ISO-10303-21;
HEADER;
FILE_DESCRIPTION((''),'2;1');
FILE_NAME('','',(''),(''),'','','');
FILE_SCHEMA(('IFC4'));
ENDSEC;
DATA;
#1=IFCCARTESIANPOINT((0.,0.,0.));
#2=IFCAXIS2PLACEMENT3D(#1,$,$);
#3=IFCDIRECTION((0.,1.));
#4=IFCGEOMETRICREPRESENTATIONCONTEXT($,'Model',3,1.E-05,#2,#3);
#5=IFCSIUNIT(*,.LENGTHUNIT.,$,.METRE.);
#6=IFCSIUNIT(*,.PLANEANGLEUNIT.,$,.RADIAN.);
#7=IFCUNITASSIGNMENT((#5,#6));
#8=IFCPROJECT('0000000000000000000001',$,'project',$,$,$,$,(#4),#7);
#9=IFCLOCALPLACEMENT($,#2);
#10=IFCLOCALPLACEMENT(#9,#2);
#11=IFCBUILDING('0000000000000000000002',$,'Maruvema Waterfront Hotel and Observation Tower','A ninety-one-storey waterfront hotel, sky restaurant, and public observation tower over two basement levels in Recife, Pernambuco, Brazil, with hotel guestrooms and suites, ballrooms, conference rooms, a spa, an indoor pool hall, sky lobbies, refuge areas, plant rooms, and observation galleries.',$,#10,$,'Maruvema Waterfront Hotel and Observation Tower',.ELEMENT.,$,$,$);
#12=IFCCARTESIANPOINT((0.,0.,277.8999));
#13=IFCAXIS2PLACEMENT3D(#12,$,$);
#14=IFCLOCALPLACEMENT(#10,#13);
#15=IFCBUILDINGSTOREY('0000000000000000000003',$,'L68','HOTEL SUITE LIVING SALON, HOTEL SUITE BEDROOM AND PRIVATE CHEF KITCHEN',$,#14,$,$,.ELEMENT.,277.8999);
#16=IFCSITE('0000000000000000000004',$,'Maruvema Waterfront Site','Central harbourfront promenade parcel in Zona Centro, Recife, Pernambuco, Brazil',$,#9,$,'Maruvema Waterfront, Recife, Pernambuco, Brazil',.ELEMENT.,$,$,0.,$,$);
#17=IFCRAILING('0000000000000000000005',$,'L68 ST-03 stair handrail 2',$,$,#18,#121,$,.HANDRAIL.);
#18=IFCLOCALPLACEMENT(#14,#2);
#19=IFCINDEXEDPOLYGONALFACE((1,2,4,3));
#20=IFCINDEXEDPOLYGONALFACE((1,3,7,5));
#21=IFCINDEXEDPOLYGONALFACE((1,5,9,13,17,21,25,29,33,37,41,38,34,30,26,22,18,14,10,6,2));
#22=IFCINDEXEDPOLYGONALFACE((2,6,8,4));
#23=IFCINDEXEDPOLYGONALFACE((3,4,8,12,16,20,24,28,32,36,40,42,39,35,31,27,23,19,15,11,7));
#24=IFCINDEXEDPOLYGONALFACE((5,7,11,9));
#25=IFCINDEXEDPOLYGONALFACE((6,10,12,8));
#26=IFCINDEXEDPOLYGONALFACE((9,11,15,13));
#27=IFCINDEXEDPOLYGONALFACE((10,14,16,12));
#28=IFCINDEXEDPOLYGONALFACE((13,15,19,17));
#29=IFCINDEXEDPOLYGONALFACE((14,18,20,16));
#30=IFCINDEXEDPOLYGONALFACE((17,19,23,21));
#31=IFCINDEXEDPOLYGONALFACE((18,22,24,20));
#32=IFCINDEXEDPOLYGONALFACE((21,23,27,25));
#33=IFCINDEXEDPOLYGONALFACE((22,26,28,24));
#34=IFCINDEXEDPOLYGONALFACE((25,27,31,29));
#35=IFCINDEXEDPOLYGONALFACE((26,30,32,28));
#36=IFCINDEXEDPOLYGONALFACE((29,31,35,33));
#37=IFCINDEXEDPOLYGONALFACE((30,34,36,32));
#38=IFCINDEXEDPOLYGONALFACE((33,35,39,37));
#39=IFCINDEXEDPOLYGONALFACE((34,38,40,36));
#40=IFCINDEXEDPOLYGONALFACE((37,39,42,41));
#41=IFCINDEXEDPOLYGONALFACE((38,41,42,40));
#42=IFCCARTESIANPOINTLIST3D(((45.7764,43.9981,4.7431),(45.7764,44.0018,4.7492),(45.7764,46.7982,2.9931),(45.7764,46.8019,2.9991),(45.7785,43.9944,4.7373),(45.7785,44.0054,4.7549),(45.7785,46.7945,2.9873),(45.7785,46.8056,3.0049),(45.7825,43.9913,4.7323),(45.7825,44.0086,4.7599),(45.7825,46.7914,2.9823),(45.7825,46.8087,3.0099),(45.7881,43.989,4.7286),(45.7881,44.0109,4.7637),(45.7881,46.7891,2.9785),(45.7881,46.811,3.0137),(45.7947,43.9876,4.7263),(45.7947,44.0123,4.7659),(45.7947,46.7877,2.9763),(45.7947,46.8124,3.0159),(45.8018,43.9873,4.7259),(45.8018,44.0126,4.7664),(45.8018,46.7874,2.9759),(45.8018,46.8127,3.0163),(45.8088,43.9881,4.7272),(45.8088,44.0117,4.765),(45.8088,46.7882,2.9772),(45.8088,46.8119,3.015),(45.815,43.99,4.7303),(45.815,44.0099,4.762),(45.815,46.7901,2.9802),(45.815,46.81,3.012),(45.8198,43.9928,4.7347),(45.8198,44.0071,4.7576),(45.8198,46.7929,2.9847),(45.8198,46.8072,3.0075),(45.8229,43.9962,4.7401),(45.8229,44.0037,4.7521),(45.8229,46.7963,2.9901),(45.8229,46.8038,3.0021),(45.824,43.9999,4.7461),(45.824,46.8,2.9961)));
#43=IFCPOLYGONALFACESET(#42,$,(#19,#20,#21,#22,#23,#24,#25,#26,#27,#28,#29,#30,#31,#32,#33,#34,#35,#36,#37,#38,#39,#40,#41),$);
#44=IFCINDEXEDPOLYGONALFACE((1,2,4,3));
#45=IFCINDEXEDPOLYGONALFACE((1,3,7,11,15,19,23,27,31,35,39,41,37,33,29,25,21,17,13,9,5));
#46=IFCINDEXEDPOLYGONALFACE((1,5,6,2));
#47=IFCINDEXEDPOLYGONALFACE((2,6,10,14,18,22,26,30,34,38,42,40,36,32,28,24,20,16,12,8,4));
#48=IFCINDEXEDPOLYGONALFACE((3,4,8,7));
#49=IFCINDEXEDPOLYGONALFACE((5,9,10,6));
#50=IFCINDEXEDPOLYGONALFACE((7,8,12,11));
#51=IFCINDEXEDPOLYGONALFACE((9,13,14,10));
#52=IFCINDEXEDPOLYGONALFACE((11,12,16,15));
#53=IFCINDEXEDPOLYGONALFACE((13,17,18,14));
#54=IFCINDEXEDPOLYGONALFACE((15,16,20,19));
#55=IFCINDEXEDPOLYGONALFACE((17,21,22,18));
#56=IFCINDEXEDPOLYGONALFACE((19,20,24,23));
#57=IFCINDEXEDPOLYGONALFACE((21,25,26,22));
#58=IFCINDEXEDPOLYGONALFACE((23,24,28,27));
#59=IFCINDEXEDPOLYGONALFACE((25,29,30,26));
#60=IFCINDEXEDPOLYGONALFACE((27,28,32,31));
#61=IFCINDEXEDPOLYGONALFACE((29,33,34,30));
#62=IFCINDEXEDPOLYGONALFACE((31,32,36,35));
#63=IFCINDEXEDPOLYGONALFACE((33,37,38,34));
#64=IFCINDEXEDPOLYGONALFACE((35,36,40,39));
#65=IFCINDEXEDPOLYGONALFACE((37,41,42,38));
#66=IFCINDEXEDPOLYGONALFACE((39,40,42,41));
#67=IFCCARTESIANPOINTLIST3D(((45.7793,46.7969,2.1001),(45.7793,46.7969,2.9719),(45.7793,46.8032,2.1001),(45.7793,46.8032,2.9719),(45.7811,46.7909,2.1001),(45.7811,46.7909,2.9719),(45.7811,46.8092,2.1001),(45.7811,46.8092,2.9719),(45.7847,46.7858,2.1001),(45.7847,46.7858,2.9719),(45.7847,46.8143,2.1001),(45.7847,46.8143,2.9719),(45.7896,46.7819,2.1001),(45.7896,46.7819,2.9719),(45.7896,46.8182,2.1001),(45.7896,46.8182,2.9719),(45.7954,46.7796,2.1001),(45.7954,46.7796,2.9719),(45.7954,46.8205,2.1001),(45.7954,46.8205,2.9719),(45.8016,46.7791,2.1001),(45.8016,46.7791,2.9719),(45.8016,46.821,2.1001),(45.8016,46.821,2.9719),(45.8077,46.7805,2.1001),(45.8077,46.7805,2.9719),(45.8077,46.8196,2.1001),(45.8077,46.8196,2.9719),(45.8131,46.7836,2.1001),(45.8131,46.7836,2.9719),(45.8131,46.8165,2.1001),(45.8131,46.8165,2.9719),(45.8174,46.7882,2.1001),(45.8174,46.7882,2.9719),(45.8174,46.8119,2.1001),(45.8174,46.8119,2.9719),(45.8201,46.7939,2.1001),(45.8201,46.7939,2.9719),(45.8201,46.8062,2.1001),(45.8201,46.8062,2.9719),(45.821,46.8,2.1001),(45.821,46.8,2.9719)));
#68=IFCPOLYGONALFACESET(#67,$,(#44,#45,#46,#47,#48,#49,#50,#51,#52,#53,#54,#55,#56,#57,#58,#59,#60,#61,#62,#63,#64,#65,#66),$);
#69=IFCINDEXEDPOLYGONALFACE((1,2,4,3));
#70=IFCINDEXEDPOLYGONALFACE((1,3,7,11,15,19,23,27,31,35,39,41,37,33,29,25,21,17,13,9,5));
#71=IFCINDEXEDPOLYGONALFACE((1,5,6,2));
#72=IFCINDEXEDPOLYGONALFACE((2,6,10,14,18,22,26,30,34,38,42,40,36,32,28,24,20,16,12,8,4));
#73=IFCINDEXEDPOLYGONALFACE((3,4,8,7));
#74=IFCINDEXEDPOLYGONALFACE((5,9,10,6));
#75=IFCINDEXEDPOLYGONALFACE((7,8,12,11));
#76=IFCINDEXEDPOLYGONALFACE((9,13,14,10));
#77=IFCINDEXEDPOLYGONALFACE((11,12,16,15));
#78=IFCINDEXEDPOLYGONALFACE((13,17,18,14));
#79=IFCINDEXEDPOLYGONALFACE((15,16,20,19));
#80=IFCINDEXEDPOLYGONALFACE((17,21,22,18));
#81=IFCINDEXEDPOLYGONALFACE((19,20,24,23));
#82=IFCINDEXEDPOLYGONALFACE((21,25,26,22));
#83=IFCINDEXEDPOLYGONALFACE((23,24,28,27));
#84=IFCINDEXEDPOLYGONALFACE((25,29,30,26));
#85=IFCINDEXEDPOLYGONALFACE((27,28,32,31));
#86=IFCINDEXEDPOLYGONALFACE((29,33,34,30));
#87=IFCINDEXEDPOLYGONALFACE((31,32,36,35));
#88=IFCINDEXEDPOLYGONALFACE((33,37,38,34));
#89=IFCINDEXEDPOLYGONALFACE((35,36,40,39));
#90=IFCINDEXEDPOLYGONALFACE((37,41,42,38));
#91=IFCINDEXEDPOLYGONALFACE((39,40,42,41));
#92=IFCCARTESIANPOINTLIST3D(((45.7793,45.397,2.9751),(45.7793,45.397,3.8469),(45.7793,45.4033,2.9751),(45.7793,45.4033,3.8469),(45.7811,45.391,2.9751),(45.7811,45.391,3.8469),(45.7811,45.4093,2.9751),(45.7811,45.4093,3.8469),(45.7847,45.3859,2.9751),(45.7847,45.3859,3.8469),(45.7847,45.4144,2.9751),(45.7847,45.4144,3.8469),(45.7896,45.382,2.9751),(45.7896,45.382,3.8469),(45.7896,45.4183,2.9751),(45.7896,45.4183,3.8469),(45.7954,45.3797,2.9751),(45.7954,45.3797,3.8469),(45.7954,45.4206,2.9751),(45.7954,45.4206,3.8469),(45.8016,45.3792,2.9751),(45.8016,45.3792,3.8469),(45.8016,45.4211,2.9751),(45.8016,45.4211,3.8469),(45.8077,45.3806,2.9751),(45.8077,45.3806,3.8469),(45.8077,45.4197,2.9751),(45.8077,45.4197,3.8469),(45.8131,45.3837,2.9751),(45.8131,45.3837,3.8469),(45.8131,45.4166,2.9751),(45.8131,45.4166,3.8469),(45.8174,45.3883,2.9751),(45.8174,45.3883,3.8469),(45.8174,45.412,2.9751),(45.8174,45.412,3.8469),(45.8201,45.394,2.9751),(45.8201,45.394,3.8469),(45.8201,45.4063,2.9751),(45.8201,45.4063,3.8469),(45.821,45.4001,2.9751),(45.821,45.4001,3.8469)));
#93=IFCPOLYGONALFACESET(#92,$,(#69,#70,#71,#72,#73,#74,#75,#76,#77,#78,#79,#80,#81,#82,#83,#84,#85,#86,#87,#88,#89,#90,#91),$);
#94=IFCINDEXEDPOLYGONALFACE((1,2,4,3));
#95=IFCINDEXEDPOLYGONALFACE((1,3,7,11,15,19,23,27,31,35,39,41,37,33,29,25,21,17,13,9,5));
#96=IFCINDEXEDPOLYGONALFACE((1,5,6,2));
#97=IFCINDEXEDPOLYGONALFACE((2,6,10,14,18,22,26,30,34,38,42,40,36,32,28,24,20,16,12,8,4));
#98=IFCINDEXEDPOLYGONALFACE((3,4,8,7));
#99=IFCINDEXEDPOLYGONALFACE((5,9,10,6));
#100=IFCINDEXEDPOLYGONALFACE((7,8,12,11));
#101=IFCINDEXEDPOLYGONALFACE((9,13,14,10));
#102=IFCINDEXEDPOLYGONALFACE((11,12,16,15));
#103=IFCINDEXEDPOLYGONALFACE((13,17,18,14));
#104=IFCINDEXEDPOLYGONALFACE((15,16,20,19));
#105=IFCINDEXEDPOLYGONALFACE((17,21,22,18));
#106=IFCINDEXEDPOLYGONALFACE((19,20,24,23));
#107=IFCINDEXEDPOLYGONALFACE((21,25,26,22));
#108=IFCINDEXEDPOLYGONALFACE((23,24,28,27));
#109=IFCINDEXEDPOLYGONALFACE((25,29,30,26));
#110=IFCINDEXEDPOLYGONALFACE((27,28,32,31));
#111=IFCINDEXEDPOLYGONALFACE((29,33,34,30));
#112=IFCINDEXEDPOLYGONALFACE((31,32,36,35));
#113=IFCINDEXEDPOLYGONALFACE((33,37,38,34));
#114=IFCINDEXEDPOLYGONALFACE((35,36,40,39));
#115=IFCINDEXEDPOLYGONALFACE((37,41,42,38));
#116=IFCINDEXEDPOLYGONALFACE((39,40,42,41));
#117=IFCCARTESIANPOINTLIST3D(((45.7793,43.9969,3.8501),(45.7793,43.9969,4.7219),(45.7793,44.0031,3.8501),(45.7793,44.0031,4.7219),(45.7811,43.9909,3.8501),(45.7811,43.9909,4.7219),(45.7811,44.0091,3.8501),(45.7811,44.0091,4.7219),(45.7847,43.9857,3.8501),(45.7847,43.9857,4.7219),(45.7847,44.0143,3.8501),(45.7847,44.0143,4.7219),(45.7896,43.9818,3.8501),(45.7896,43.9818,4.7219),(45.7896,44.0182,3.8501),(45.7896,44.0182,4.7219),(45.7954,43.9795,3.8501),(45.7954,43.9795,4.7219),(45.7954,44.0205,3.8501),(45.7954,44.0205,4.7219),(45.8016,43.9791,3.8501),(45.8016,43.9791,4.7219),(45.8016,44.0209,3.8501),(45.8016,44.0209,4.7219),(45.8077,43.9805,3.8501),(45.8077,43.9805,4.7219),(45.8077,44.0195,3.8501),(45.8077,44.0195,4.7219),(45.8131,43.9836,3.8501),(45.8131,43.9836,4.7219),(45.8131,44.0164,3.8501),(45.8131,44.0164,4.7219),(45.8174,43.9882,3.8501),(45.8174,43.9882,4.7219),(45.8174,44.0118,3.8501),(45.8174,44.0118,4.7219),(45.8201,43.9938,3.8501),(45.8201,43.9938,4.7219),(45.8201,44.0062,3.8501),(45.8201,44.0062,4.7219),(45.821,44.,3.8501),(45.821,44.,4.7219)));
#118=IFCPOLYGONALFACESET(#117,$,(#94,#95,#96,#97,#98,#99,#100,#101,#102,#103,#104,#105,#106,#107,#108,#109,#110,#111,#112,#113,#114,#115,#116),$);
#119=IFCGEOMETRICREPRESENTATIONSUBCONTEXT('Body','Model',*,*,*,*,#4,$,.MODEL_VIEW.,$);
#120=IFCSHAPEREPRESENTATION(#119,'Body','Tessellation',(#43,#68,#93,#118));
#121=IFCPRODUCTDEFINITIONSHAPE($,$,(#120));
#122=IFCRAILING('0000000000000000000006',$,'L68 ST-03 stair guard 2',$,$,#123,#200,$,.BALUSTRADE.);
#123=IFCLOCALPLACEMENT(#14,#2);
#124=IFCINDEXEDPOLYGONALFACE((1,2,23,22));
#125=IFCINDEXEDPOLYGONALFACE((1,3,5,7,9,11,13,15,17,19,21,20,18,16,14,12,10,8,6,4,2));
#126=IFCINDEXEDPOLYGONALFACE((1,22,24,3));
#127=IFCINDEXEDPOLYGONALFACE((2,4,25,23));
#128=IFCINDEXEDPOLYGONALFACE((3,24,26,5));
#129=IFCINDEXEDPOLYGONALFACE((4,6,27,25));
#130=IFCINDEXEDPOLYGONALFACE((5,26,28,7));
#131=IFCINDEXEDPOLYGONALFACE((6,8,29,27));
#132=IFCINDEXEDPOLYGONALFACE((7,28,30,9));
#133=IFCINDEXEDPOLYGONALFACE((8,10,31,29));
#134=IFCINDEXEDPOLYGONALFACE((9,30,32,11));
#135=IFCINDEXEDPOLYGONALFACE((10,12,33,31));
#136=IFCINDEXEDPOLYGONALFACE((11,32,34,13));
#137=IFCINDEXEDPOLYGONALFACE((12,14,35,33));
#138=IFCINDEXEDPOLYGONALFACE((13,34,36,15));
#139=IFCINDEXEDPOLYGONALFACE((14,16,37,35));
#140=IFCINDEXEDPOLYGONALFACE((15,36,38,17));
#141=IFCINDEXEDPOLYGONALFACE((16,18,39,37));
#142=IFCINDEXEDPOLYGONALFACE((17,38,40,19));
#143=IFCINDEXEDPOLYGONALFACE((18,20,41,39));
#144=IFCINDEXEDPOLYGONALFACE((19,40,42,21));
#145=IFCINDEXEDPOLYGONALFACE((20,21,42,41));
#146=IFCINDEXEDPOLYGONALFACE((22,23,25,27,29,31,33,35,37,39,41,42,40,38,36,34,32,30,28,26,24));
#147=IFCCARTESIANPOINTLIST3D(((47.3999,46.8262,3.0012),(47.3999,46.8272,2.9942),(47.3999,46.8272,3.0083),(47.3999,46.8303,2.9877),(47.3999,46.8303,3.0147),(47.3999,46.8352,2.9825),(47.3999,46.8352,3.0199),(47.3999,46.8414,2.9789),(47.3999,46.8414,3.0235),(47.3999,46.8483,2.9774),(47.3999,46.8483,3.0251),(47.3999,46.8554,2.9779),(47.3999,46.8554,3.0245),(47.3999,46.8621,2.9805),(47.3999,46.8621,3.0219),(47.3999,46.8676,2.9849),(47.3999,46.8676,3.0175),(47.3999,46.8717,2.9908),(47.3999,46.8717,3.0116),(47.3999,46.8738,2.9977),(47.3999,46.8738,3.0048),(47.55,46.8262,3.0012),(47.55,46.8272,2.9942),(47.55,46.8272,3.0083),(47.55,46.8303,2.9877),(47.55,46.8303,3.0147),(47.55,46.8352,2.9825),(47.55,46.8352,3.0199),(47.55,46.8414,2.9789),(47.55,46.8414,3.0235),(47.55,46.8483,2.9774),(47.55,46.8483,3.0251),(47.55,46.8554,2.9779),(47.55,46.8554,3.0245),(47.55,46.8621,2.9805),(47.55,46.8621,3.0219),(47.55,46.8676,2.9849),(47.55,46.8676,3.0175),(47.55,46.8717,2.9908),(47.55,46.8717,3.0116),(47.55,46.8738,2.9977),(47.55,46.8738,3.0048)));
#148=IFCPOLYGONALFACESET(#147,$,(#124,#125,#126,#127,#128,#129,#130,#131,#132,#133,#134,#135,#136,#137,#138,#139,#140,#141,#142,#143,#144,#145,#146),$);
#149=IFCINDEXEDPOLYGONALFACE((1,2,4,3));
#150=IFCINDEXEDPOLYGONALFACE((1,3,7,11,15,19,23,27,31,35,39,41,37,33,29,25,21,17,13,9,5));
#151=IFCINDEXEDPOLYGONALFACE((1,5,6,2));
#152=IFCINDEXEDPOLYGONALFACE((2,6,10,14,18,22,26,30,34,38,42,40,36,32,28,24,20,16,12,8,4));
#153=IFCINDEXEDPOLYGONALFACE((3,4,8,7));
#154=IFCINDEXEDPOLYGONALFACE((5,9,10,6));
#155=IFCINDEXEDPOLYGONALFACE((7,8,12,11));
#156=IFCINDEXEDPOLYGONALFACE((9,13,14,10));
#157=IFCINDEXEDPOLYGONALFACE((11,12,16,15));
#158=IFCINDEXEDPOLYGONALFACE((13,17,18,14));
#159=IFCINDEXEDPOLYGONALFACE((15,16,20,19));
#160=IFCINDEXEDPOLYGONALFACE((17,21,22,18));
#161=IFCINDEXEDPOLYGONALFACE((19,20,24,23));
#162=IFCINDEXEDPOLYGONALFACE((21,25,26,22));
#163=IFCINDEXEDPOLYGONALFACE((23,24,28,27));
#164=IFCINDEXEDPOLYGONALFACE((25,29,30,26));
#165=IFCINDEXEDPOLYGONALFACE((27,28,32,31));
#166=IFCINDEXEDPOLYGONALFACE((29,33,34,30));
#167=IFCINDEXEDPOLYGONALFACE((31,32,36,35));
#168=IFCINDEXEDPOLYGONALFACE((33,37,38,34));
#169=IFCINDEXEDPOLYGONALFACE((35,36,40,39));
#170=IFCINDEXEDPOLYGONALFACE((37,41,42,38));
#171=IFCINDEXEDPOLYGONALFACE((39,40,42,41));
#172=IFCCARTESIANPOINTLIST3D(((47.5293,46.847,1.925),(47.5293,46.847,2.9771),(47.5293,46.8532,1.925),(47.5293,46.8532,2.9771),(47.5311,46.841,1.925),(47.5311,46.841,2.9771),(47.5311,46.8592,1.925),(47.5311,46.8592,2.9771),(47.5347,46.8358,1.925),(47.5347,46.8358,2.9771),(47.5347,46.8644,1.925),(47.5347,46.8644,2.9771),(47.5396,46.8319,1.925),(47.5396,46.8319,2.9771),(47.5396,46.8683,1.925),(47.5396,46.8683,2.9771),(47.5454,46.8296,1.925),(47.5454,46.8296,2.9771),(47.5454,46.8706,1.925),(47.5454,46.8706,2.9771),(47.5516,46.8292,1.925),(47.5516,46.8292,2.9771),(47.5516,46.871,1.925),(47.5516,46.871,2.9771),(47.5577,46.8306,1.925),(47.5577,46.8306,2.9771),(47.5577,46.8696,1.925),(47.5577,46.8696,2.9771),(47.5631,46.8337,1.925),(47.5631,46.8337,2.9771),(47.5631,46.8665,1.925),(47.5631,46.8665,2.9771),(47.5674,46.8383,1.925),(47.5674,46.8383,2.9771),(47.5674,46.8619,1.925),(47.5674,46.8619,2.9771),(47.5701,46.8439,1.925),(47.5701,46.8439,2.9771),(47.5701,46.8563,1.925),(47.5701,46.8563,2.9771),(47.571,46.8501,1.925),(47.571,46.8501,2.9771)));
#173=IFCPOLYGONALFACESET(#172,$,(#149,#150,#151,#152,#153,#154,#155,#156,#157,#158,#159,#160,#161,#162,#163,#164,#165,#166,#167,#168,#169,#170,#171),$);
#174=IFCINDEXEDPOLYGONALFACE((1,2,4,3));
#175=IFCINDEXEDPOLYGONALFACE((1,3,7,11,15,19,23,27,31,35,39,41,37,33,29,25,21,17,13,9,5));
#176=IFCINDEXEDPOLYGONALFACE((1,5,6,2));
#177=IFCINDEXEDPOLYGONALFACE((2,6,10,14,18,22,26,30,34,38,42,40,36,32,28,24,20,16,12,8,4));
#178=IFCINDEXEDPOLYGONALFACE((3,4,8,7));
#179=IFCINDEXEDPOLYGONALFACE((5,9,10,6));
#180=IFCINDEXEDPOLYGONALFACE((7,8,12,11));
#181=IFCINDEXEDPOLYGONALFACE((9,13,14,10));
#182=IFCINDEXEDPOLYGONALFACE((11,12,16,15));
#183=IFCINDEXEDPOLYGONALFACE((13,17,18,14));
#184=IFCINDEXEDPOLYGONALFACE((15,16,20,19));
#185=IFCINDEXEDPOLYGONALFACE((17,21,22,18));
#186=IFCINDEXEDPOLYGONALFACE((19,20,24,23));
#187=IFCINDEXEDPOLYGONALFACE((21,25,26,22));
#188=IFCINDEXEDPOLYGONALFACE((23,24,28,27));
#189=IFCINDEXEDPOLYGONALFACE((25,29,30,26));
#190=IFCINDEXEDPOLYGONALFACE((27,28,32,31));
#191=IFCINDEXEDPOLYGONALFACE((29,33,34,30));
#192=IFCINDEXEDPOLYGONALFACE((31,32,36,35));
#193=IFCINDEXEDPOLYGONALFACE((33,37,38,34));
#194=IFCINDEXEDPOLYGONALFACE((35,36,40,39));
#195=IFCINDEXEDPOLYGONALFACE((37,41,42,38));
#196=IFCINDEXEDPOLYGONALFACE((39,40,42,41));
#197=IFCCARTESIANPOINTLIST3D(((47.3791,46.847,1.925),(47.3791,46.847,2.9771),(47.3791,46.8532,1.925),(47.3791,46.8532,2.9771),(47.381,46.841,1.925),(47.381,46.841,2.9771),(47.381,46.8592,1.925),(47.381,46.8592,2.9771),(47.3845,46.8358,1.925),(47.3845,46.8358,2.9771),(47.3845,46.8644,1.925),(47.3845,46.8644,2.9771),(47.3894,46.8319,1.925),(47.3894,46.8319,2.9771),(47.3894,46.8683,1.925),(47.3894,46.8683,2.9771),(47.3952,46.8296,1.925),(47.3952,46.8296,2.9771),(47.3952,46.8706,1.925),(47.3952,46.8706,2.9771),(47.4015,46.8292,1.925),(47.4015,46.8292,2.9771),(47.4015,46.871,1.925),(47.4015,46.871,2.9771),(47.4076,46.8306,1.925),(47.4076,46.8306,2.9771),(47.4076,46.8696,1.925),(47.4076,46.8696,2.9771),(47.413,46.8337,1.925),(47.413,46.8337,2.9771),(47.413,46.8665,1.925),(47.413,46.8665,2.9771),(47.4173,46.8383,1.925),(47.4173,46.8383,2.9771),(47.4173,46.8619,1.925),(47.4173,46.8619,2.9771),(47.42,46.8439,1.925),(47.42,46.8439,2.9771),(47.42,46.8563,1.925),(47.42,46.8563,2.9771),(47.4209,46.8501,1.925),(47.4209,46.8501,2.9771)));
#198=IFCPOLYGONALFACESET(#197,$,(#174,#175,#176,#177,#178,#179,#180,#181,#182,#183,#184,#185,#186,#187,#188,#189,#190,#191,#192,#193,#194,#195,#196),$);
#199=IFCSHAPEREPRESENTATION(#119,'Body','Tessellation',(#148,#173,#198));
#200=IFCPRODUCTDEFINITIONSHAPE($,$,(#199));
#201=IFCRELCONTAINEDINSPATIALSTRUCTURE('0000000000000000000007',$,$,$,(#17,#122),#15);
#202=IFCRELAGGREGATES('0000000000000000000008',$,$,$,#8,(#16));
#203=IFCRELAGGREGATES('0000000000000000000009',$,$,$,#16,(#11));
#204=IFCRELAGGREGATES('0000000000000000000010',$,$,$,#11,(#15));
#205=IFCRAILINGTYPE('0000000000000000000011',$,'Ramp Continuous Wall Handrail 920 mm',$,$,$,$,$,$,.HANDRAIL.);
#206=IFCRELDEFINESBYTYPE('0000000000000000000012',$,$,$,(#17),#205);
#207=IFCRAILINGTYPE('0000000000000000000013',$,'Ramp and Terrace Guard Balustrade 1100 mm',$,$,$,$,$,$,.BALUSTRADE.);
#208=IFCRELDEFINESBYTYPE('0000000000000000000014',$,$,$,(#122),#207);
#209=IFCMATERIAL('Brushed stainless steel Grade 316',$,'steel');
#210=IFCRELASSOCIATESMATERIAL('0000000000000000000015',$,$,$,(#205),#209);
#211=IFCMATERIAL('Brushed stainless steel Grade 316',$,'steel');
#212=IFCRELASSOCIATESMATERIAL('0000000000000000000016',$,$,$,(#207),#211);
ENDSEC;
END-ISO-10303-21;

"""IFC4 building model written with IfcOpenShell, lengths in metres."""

from ifc_helpers import new_model, si_unit, direction, frame, origin, origin_2d, place, context, subcontext, project, spatial, circle, extrude, material, type_object, element, save


model = new_model("IFC4")

# Units and contexts
model_context = context("Model", 3, precision=1e-05, world=origin(), true_north=direction((0.0, 1.0)))
body_context = subcontext(model_context, "Body", "Model", "MODEL_VIEW")
ifc_project = project(units=[si_unit("LENGTHUNIT", "METRE"), si_unit("PLANEANGLEUNIT", "RADIAN")], contexts=[model_context])

# Site, building, storey
site_placement = place(None, origin())
site = spatial("IfcSite", under=ifc_project, at=site_placement, Name="Maruvema Waterfront Site", Description="Central harbourfront promenade parcel in Zona Centro, Recife, Pernambuco, Brazil", LongName="Maruvema Waterfront, Recife, Pernambuco, Brazil", CompositionType="ELEMENT", RefElevation=0.0)
building_placement = place(site_placement, origin())
building = spatial("IfcBuilding", under=site, at=building_placement, Name="Maruvema Waterfront Hotel and Observation Tower", Description="A ninety-one-storey waterfront hotel, sky restaurant, and public observation tower over two basement levels in Recife, Pernambuco, Brazil, with hotel guestrooms and suites, ballrooms, conference rooms, a spa, an indoor pool hall, sky lobbies, refuge areas, plant rooms, and observation galleries.", LongName="Maruvema Waterfront Hotel and Observation Tower", CompositionType="ELEMENT")
storey_placement = place(building_placement, frame((0.0, 0.0, 277.8999)))
storey = spatial("IfcBuildingStorey", under=building, at=storey_placement, Name="L68", Description="HOTEL SUITE LIVING SALON, HOTEL SUITE BEDROOM AND PRIVATE CHEF KITCHEN", CompositionType="ELEMENT", Elevation=277.8999)

# Railings
ifc_material_1 = material(Name="Brushed stainless steel Grade 316", Category="steel")
railing_type_1 = type_object("IfcRailingType", Name="Ramp Continuous Wall Handrail 920 mm", PredefinedType="HANDRAIL", material=ifc_material_1)
railing_1_placement = place(storey_placement, frame((45.8, 46.8, 2.1001)))
element("IfcRailing", 1, at=railing_1_placement, inside=storey, type_object=railing_type_1, Name="L68 ST-03 stair handrail 2", PredefinedType="HANDRAIL", context=body_context, shape_type="SweptSolid", body=[
    extrude(circle(Radius=0.0239, at=origin_2d()), frame((0.0, 0.0, 0.896), z_axis=(0.0, -0.848002, 0.529992), x_axis=(1.0, 0.0, 0.0)), (0.0, 0.0, 1.0), 3.302),
    extrude(circle(Radius=0.021, at=origin_2d()), origin(), (0.0, 0.0, 1.0), 0.8718),
    extrude(circle(Radius=0.021, at=origin_2d()), frame((0.0, -1.3999, 0.875)), (0.0, 0.0, 1.0), 0.8718),
    extrude(circle(Radius=0.021, at=origin_2d()), frame((0.0, -2.8, 1.75)), (0.0, 0.0, 1.0), 0.8718),
])
ifc_material_2 = material(Name="Brushed stainless steel Grade 316", Category="steel")
railing_type_2 = type_object("IfcRailingType", Name="Ramp and Terrace Guard Balustrade 1100 mm", PredefinedType="BALUSTRADE", material=ifc_material_2)
railing_2_placement = place(storey_placement, frame((47.55, 46.8501, 1.925)))
element("IfcRailing", 2, at=railing_2_placement, inside=storey, type_object=railing_type_2, Name="L68 ST-03 stair guard 2", PredefinedType="BALUSTRADE", context=body_context, shape_type="SweptSolid", body=[
    extrude(circle(Radius=0.0239, at=origin_2d()), frame((0.0, 0.0, 1.0762), z_axis=(-1.0, 0.0, 0.0), x_axis=(0.0, -1.0, 0.0)), (0.0, 0.0, 1.0), 0.1501),
    extrude(circle(Radius=0.021, at=origin_2d()), origin(), (0.0, 0.0, 1.0), 1.052),
    extrude(circle(Radius=0.021, at=origin_2d()), frame((-0.1501, 0.0, 0.0)), (0.0, 0.0, 1.0), 1.052),
])

save(model, "model.ifc")
